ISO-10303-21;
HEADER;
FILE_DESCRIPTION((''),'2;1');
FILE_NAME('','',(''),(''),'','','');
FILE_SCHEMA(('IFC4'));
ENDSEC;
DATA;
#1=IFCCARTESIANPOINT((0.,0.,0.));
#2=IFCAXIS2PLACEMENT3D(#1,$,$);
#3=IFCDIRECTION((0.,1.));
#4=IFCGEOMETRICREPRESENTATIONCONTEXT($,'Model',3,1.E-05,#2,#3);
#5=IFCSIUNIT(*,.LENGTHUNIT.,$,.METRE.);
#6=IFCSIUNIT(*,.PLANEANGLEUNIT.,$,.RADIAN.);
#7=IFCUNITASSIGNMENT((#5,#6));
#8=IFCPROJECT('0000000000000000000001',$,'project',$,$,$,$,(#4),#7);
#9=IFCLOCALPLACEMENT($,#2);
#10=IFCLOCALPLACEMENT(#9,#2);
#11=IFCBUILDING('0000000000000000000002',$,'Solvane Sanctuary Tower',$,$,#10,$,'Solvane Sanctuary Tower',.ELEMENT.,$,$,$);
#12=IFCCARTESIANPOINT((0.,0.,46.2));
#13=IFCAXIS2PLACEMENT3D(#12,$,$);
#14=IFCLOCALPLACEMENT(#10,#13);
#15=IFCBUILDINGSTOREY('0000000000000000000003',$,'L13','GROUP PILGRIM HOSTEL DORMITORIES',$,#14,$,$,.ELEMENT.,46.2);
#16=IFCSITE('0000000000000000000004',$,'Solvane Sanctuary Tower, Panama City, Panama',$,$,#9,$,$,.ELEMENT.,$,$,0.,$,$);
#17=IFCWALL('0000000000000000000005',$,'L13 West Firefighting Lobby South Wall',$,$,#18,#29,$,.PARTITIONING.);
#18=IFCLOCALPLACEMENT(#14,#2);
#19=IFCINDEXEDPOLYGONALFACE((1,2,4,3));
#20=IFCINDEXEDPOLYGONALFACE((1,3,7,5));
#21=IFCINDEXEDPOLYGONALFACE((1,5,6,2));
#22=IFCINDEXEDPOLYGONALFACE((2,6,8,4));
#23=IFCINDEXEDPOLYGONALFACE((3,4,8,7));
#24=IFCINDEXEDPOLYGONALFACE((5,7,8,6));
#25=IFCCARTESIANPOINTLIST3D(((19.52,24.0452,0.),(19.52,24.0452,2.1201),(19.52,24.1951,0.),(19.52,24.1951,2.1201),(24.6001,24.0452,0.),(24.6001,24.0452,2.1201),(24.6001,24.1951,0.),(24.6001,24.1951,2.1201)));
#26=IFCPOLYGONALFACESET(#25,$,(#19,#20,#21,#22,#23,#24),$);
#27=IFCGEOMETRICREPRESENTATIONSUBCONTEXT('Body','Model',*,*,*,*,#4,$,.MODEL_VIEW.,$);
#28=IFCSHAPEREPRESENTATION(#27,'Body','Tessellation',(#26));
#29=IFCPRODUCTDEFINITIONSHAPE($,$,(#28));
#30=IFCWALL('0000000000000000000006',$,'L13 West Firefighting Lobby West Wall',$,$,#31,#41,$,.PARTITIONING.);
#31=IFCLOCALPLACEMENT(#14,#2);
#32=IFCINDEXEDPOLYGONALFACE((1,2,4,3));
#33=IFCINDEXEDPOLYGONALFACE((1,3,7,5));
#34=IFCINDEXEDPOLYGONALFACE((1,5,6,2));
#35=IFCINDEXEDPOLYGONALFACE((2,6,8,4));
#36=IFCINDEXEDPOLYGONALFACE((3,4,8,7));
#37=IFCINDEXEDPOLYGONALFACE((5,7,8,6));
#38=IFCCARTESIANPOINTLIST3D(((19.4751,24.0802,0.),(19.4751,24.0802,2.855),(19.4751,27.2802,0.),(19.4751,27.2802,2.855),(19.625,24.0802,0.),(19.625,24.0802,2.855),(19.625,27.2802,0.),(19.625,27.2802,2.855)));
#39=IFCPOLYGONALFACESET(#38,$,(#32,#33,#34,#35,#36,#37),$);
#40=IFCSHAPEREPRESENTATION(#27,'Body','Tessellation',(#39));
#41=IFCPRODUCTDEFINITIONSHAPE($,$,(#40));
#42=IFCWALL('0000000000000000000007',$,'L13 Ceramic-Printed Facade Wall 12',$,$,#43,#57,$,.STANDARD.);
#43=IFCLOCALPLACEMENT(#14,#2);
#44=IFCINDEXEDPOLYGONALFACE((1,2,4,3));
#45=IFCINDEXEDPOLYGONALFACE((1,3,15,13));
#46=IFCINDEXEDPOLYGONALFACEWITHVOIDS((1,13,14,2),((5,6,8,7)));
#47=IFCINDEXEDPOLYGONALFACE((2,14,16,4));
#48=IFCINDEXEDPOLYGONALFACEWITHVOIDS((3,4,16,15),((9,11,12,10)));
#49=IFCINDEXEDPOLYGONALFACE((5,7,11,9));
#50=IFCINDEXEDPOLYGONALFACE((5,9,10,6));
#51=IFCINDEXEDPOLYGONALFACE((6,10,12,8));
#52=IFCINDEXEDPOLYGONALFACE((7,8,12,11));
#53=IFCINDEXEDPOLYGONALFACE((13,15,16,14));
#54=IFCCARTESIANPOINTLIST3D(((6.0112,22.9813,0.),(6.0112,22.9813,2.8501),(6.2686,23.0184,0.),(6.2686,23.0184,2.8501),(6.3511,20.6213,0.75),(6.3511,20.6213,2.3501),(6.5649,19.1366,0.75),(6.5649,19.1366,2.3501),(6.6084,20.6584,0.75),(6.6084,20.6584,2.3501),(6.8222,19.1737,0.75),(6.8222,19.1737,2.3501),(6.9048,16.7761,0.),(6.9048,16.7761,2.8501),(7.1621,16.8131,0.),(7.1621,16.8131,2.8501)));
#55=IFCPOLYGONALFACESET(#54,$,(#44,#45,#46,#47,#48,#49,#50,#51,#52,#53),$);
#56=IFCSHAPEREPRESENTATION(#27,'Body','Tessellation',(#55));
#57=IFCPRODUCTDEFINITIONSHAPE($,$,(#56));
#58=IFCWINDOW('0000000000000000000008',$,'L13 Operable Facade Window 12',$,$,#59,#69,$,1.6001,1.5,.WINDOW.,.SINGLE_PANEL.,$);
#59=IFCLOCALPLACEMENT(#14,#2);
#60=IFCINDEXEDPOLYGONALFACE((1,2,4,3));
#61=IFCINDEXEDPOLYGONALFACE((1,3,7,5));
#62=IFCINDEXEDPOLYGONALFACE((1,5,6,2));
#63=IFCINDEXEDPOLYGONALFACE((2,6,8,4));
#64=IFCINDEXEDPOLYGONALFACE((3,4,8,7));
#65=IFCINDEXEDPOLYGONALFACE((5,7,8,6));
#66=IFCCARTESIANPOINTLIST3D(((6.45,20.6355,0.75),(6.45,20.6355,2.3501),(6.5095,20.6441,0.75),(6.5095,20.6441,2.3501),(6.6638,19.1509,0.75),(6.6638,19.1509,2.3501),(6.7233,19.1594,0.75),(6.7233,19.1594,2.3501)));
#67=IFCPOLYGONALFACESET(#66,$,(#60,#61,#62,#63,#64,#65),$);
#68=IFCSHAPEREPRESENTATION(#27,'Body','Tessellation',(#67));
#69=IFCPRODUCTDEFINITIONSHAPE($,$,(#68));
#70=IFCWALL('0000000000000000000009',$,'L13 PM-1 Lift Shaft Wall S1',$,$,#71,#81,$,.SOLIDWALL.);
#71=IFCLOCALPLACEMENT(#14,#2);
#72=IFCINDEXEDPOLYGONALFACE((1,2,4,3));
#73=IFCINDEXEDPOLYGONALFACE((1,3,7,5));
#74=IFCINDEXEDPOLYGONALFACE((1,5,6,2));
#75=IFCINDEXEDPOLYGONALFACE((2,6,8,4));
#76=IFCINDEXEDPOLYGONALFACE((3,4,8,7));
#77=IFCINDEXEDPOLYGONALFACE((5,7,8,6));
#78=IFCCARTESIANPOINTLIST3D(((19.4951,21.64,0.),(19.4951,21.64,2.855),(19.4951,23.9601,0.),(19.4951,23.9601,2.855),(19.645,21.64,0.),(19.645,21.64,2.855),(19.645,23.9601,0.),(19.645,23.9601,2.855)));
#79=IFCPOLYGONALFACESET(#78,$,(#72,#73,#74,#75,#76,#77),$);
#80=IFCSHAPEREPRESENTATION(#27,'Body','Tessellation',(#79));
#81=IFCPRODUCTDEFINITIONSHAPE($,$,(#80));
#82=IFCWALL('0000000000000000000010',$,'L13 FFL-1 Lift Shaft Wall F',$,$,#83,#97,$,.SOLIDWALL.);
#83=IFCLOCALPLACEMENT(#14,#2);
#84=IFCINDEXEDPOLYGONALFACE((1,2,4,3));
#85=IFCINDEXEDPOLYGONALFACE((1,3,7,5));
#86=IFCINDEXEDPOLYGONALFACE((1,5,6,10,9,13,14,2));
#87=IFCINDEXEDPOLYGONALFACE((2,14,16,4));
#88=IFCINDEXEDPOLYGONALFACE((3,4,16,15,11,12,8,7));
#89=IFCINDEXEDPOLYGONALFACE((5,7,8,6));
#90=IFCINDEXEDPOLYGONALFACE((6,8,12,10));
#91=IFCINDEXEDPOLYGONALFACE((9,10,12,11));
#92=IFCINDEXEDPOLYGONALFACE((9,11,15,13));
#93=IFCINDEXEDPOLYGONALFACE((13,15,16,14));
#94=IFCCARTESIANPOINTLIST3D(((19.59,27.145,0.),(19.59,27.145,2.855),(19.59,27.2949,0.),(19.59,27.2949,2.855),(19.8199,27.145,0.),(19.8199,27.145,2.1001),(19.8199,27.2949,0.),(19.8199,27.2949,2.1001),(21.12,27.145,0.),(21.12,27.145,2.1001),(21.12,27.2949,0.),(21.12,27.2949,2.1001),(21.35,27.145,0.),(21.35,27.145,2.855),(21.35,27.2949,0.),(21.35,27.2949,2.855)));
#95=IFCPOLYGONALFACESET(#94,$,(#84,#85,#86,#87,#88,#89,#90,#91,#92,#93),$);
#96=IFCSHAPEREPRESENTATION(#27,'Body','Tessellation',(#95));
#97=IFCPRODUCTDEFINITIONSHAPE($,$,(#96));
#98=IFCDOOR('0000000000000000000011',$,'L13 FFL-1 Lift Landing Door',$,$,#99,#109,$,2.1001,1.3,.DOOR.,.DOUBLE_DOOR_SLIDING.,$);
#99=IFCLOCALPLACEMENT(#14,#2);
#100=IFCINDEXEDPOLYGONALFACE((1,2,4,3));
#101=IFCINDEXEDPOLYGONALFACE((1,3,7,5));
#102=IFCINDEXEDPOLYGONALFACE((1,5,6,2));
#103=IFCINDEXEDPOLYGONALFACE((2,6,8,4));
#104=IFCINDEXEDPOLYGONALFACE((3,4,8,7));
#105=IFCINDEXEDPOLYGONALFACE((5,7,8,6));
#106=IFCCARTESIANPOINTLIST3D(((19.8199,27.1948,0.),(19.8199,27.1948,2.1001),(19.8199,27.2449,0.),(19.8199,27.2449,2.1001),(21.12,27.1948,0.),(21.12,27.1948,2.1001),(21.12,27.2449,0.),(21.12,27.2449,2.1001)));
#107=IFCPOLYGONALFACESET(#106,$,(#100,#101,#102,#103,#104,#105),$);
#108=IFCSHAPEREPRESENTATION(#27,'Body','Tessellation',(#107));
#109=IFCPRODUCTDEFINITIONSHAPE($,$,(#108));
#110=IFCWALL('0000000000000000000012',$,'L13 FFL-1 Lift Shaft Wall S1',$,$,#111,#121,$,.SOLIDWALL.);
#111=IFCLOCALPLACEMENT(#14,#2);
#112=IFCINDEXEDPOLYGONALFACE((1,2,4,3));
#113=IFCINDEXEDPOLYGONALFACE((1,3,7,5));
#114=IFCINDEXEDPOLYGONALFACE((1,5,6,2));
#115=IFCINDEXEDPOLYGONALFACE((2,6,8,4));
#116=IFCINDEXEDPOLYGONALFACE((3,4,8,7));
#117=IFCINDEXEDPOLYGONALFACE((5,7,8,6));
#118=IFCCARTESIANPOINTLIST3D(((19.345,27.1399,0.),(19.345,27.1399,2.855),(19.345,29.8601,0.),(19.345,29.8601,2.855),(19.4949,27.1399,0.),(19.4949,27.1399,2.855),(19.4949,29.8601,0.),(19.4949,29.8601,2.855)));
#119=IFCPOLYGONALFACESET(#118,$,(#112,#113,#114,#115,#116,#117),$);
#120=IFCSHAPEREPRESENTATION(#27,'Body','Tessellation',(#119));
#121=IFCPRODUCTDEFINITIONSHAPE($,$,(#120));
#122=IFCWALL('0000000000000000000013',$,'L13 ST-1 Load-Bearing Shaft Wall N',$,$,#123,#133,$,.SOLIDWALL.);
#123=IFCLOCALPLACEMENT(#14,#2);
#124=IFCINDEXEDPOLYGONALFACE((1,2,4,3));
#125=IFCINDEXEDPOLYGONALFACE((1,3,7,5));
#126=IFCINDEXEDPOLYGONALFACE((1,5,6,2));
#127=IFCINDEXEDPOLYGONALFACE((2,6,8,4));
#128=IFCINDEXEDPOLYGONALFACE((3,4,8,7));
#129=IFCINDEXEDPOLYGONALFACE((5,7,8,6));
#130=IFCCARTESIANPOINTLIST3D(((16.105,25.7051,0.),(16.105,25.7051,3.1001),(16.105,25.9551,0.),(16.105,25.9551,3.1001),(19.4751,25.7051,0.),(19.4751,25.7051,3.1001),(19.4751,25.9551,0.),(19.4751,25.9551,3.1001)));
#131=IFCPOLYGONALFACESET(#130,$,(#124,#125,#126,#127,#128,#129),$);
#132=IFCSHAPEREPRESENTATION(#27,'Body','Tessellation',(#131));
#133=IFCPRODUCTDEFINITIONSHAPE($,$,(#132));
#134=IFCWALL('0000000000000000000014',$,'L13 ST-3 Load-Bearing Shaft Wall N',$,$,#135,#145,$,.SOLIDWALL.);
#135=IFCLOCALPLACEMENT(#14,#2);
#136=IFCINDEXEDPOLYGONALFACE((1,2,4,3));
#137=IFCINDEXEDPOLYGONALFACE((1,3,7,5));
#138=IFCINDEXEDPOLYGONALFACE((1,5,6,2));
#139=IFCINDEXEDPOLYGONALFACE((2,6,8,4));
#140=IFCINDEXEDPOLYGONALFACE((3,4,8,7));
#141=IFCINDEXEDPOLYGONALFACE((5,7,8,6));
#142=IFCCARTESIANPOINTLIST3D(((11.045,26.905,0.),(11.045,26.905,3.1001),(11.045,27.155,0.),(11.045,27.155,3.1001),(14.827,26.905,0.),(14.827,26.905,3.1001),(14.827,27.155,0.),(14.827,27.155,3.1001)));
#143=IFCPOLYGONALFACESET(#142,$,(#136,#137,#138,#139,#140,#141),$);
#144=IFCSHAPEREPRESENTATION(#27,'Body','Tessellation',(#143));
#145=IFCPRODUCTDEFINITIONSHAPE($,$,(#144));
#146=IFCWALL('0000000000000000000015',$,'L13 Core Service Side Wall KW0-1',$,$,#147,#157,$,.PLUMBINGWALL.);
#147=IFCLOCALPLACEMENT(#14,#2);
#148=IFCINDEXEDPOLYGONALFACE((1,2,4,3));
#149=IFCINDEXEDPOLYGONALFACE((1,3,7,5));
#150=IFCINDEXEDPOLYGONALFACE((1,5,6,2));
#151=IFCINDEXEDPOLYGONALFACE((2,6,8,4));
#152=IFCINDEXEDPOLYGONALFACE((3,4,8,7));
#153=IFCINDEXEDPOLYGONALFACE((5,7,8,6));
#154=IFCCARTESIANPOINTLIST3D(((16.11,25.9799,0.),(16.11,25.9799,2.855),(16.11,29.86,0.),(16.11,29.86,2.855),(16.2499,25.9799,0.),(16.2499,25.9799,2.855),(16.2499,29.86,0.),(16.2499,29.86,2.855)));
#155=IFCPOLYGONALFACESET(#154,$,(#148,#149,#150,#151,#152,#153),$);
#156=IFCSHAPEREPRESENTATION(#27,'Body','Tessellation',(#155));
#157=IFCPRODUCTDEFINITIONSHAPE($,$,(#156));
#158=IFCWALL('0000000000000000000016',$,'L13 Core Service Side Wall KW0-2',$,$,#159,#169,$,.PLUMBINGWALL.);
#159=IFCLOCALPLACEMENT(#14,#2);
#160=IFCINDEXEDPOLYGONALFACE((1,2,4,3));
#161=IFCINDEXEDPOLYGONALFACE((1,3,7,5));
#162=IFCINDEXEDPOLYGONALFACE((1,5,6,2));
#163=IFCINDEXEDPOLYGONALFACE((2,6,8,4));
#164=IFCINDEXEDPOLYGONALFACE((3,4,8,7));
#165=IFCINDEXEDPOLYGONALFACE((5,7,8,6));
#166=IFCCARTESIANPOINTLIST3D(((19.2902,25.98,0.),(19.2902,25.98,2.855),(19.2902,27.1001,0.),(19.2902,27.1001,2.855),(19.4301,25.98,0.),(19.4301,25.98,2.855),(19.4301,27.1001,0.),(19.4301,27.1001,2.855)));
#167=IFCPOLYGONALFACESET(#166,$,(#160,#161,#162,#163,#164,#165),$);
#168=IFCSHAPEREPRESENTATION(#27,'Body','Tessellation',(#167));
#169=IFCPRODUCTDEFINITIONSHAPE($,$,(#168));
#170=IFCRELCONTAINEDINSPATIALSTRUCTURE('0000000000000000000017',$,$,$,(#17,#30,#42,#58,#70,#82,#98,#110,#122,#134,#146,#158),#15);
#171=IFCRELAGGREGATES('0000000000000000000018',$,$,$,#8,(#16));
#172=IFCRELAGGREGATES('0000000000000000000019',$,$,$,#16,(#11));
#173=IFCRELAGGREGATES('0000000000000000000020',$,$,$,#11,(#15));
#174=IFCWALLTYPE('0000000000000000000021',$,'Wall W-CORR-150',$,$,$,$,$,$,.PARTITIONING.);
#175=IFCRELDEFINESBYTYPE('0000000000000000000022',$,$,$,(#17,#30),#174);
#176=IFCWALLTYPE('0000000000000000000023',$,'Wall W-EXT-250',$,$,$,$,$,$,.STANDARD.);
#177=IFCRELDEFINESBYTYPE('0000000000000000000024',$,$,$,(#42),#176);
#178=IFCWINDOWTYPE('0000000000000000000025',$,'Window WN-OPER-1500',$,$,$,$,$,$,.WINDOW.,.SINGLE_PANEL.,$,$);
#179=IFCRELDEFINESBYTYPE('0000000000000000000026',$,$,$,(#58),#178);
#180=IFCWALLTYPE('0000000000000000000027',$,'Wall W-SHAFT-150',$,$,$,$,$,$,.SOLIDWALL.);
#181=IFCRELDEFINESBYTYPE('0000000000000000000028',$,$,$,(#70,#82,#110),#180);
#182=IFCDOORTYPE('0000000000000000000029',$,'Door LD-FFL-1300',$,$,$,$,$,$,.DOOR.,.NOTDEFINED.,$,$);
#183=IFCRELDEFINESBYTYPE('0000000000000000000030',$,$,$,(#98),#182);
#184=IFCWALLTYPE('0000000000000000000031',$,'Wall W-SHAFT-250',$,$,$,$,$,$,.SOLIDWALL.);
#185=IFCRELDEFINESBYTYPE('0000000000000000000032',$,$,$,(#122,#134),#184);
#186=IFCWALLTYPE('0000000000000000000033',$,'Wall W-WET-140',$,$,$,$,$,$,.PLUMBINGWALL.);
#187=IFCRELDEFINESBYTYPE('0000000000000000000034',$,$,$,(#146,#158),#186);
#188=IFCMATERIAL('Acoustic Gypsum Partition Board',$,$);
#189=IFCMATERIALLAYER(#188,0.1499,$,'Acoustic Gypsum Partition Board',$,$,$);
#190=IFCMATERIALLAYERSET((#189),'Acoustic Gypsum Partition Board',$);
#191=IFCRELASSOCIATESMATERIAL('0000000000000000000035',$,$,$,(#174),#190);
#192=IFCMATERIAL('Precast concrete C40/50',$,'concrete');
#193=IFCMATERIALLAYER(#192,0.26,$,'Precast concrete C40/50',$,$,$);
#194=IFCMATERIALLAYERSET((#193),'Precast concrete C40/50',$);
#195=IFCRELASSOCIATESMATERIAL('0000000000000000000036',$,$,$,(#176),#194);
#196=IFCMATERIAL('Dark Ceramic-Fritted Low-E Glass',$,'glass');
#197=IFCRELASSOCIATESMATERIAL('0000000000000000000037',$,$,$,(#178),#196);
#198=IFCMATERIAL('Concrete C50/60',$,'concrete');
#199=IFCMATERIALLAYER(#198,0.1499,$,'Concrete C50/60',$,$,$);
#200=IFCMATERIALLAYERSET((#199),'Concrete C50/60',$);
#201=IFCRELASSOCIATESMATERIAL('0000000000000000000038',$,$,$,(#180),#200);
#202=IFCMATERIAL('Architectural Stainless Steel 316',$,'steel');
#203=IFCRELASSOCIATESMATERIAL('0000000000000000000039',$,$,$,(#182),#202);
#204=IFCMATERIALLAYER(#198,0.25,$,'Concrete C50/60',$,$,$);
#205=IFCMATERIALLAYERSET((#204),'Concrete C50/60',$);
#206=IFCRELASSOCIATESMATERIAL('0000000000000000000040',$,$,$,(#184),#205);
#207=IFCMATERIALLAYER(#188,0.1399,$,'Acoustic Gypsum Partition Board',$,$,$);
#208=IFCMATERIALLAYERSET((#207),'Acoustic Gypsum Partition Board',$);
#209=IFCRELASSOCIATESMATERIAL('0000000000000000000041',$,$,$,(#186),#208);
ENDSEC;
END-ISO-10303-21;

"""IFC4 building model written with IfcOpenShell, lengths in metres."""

from ifc_helpers import new_model, si_unit, direction, frame, frame_2d, origin, place, context, subcontext, project, spatial, rectangle, extrude, material, layer, layer_set, type_object, element, fill, save


model = new_model("IFC4")

# Units and contexts
model_context = context("Model", 3, precision=1e-05, world=origin(), true_north=direction((0.0, 1.0)))
body_context = subcontext(model_context, "Body", "Model", "MODEL_VIEW")
ifc_project = project(units=[si_unit("LENGTHUNIT", "METRE"), si_unit("PLANEANGLEUNIT", "RADIAN")], contexts=[model_context])

# Site, building, storey
site_placement = place(None, origin())
site = spatial("IfcSite", under=ifc_project, at=site_placement, Name="Solvane Sanctuary Tower, Panama City, Panama", CompositionType="ELEMENT", RefElevation=0.0)
building_placement = place(site_placement, origin())
building = spatial("IfcBuilding", under=site, at=building_placement, Name="Solvane Sanctuary Tower", LongName="Solvane Sanctuary Tower", CompositionType="ELEMENT")
storey_placement = place(building_placement, frame((0.0, 0.0, 46.2)))
storey = spatial("IfcBuildingStorey", under=building, at=storey_placement, Name="L13", Description="GROUP PILGRIM HOSTEL DORMITORIES", CompositionType="ELEMENT", Elevation=46.2)

# Walls
ifc_material_1 = material(Name="Acoustic Gypsum Partition Board")
ifc_layer_1 = layer(ifc_material_1, 0.1499, Name="Acoustic Gypsum Partition Board")
ifc_layer_set_1 = layer_set([ifc_layer_1], Name="Acoustic Gypsum Partition Board")
wall_type_1 = type_object("IfcWallType", Name="Wall W-CORR-150", PredefinedType="PARTITIONING", material=ifc_layer_set_1)
wall_1_placement = place(storey_placement, frame((19.52, 24.1201, 0.0), z_axis=(0.0, 0.0, 1.0), x_axis=(1.0, 0.0, 0.0)))
element("IfcWall", 1, at=wall_1_placement, inside=storey, type_object=wall_type_1, Name="L13 West Firefighting Lobby South Wall", PredefinedType="PARTITIONING", context=body_context, shape_type="SweptSolid", body=[
    extrude(rectangle(XDim=5.0801, YDim=0.1499, at=frame_2d((2.54, 0.0))), origin(), (0.0, 0.0, 1.0), 2.1201),
])
wall_2_placement = place(storey_placement, frame((19.55, 24.0801, 0.0), z_axis=(0.0, 0.0, 1.0), x_axis=(0.0, 1.0, 0.0)))
element("IfcWall", 2, at=wall_2_placement, inside=storey, type_object=wall_type_1, Name="L13 West Firefighting Lobby West Wall", PredefinedType="PARTITIONING", context=body_context, shape_type="SweptSolid", body=[
    extrude(rectangle(XDim=3.2, YDim=0.1499, at=frame_2d((1.6001, 0.0))), origin(), (0.0, 0.0, 1.0), 2.855),
])

# Wall, opening, window
ifc_material_2 = material(Name="Precast concrete C40/50", Category="concrete")
ifc_layer_2 = layer(ifc_material_2, 0.26, Name="Precast concrete C40/50")
ifc_layer_set_2 = layer_set([ifc_layer_2], Name="Precast concrete C40/50")
wall_type_2 = type_object("IfcWallType", Name="Wall W-EXT-250", PredefinedType="STANDARD", material=ifc_layer_set_2)
wall_3_placement = place(storey_placement, frame((6.1399, 23.0, 0.0), z_axis=(0.0, 0.0, 1.0), x_axis=(0.142528, -0.989791, 0.0)))
wall_3 = element("IfcWall", 3, at=wall_3_placement, inside=storey, type_object=wall_type_2, Name="L13 Ceramic-Printed Facade Wall 12", PredefinedType="STANDARD", context=body_context, shape_type="SweptSolid", body=[
    extrude(rectangle(XDim=6.2693, YDim=0.26, at=frame_2d((3.1348, 0.0))), origin(), (0.0, 0.0, 1.0), 2.8501),
])
opening_1_placement = place(wall_3_placement, frame((2.3845, 0.0, 0.75)))
opening_1 = element("IfcOpeningElement", 4, at=opening_1_placement, cuts=wall_3, PredefinedType="OPENING", context=body_context, shape_type="SweptSolid", body=[
    extrude(rectangle(XDim=1.5, YDim=1.6001, at=frame_2d((0.75, 0.8))), frame((0.0, 0.1399, 0.0), z_axis=(0.0, -1.0, 0.0), x_axis=(1.0, 0.0, 0.0)), (0.0, 0.0, 1.0), 0.28),
])
ifc_material_3 = material(Name="Dark Ceramic-Fritted Low-E Glass", Category="glass")
window_type = type_object("IfcWindowType", Name="Window WN-OPER-1500", PartitioningType="SINGLE_PANEL", PredefinedType="WINDOW", material=ifc_material_3)
window_placement = place(opening_1_placement, origin())
window = element("IfcWindow", 5, at=window_placement, inside=storey, type_object=window_type, Name="L13 Operable Facade Window 12", OverallHeight=1.6001, OverallWidth=1.5, PartitioningType="SINGLE_PANEL", PredefinedType="WINDOW", context=body_context, shape_type="SweptSolid", body=[
    extrude(rectangle(XDim=1.5, YDim=1.6001, at=frame_2d((0.75, 0.8))), frame((0.0, 0.03, 0.0), z_axis=(0.0, -1.0, 0.0), x_axis=(1.0, 0.0, 0.0)), (0.0, 0.0, 1.0), 0.0601),
])
fill(opening_1, window)

# Wall
ifc_material_4 = material(Name="Concrete C50/60", Category="concrete")
ifc_layer_3 = layer(ifc_material_4, 0.1499, Name="Concrete C50/60")
ifc_layer_set_3 = layer_set([ifc_layer_3], Name="Concrete C50/60")
wall_type_3 = type_object("IfcWallType", Name="Wall W-SHAFT-150", PredefinedType="SOLIDWALL", material=ifc_layer_set_3)
wall_4_placement = place(storey_placement, frame((19.5701, 21.6399, 0.0), z_axis=(0.0, 0.0, 1.0), x_axis=(0.0, 1.0, 0.0)))
element("IfcWall", 6, at=wall_4_placement, inside=storey, type_object=wall_type_3, Name="L13 PM-1 Lift Shaft Wall S1", PredefinedType="SOLIDWALL", context=body_context, shape_type="SweptSolid", body=[
    extrude(rectangle(XDim=2.3201, YDim=0.1499, at=frame_2d((1.1602, 0.0))), origin(), (0.0, 0.0, 1.0), 2.855),
])

# Wall, opening, door
wall_5_placement = place(storey_placement, frame((19.5901, 27.22, 0.0), z_axis=(0.0, 0.0, 1.0), x_axis=(1.0, 0.0, 0.0)))
wall_5 = element("IfcWall", 7, at=wall_5_placement, inside=storey, type_object=wall_type_3, Name="L13 FFL-1 Lift Shaft Wall F", PredefinedType="SOLIDWALL", context=body_context, shape_type="SweptSolid", body=[
    extrude(rectangle(XDim=1.76, YDim=0.1499, at=frame_2d((0.8799, 0.0))), origin(), (0.0, 0.0, 1.0), 2.855),
])
opening_2_placement = place(wall_5_placement, frame((0.23, 0.0, 0.0)))
opening_2 = element("IfcOpeningElement", 8, at=opening_2_placement, cuts=wall_5, PredefinedType="OPENING", context=body_context, shape_type="SweptSolid", body=[
    extrude(rectangle(XDim=1.3, YDim=2.1001, at=frame_2d((0.6499, 1.05))), frame((0.0, 0.085, 0.0), z_axis=(0.0, -1.0, 0.0), x_axis=(1.0, 0.0, 0.0)), (0.0, 0.0, 1.0), 0.1699),
])
ifc_material_5 = material(Name="Architectural Stainless Steel 316", Category="steel")
door_type = type_object("IfcDoorType", Name="Door LD-FFL-1300", OperationType="NOTDEFINED", PredefinedType="DOOR", material=ifc_material_5)
door_placement = place(opening_2_placement, origin())
door = element("IfcDoor", 9, at=door_placement, inside=storey, type_object=door_type, Name="L13 FFL-1 Lift Landing Door", OperationType="DOUBLE_DOOR_SLIDING", OverallHeight=2.1001, OverallWidth=1.3, PredefinedType="DOOR", context=body_context, shape_type="SweptSolid", body=[
    extrude(rectangle(XDim=1.3, YDim=2.1001, at=frame_2d((0.6499, 1.05))), frame((0.0, 0.0249, 0.0), z_axis=(0.0, -1.0, 0.0), x_axis=(1.0, 0.0, 0.0)), (0.0, 0.0, 1.0), 0.05),
])
fill(opening_2, door)

# Walls
wall_6_placement = place(storey_placement, frame((19.4199, 27.1399, 0.0), z_axis=(0.0, 0.0, 1.0), x_axis=(0.0, 1.0, 0.0)))
element("IfcWall", 10, at=wall_6_placement, inside=storey, type_object=wall_type_3, Name="L13 FFL-1 Lift Shaft Wall S1", PredefinedType="SOLIDWALL", context=body_context, shape_type="SweptSolid", body=[
    extrude(rectangle(XDim=2.7202, YDim=0.1499, at=frame_2d((1.3601, 0.0))), origin(), (0.0, 0.0, 1.0), 2.855),
])
ifc_layer_4 = layer(ifc_material_4, 0.25, Name="Concrete C50/60")
ifc_layer_set_4 = layer_set([ifc_layer_4], Name="Concrete C50/60")
wall_type_4 = type_object("IfcWallType", Name="Wall W-SHAFT-250", PredefinedType="SOLIDWALL", material=ifc_layer_set_4)
wall_7_placement = place(storey_placement, frame((16.105, 25.8301, 0.0), z_axis=(0.0, 0.0, 1.0), x_axis=(1.0, 0.0, 0.0)))
element("IfcWall", 11, at=wall_7_placement, inside=storey, type_object=wall_type_4, Name="L13 ST-1 Load-Bearing Shaft Wall N", PredefinedType="SOLIDWALL", context=body_context, shape_type="SweptSolid", body=[
    extrude(rectangle(XDim=3.3701, YDim=0.25, at=frame_2d((1.6851, 0.0))), origin(), (0.0, 0.0, 1.0), 3.1001),
])
wall_8_placement = place(storey_placement, frame((11.0449, 27.03, 0.0), z_axis=(0.0, 0.0, 1.0), x_axis=(1.0, 0.0, 0.0)))
element("IfcWall", 12, at=wall_8_placement, inside=storey, type_object=wall_type_4, Name="L13 ST-3 Load-Bearing Shaft Wall N", PredefinedType="SOLIDWALL", context=body_context, shape_type="SweptSolid", body=[
    extrude(rectangle(XDim=3.782, YDim=0.25, at=frame_2d((1.8911, 0.0))), origin(), (0.0, 0.0, 1.0), 3.1001),
])
ifc_layer_5 = layer(ifc_material_1, 0.1399, Name="Acoustic Gypsum Partition Board")
ifc_layer_set_5 = layer_set([ifc_layer_5], Name="Acoustic Gypsum Partition Board")
wall_type_5 = type_object("IfcWallType", Name="Wall W-WET-140", PredefinedType="PLUMBINGWALL", material=ifc_layer_set_5)
wall_9_placement = place(storey_placement, frame((16.1799, 25.98, 0.0), z_axis=(0.0, 0.0, 1.0), x_axis=(0.0, 1.0, 0.0)))
element("IfcWall", 13, at=wall_9_placement, inside=storey, type_object=wall_type_5, Name="L13 Core Service Side Wall KW0-1", PredefinedType="PLUMBINGWALL", context=body_context, shape_type="SweptSolid", body=[
    extrude(rectangle(XDim=3.8801, YDim=0.1399, at=frame_2d((1.9399, 0.0))), origin(), (0.0, 0.0, 1.0), 2.855),
])
wall_10_placement = place(storey_placement, frame((19.3601, 25.98, 0.0), z_axis=(0.0, 0.0, 1.0), x_axis=(0.0, 1.0, 0.0)))
element("IfcWall", 14, at=wall_10_placement, inside=storey, type_object=wall_type_5, Name="L13 Core Service Side Wall KW0-2", PredefinedType="PLUMBINGWALL", context=body_context, shape_type="SweptSolid", body=[
    extrude(rectangle(XDim=1.1201, YDim=0.1399, at=frame_2d((0.5601, 0.0))), origin(), (0.0, 0.0, 1.0), 2.855),
])

save(model, "model.ifc")
